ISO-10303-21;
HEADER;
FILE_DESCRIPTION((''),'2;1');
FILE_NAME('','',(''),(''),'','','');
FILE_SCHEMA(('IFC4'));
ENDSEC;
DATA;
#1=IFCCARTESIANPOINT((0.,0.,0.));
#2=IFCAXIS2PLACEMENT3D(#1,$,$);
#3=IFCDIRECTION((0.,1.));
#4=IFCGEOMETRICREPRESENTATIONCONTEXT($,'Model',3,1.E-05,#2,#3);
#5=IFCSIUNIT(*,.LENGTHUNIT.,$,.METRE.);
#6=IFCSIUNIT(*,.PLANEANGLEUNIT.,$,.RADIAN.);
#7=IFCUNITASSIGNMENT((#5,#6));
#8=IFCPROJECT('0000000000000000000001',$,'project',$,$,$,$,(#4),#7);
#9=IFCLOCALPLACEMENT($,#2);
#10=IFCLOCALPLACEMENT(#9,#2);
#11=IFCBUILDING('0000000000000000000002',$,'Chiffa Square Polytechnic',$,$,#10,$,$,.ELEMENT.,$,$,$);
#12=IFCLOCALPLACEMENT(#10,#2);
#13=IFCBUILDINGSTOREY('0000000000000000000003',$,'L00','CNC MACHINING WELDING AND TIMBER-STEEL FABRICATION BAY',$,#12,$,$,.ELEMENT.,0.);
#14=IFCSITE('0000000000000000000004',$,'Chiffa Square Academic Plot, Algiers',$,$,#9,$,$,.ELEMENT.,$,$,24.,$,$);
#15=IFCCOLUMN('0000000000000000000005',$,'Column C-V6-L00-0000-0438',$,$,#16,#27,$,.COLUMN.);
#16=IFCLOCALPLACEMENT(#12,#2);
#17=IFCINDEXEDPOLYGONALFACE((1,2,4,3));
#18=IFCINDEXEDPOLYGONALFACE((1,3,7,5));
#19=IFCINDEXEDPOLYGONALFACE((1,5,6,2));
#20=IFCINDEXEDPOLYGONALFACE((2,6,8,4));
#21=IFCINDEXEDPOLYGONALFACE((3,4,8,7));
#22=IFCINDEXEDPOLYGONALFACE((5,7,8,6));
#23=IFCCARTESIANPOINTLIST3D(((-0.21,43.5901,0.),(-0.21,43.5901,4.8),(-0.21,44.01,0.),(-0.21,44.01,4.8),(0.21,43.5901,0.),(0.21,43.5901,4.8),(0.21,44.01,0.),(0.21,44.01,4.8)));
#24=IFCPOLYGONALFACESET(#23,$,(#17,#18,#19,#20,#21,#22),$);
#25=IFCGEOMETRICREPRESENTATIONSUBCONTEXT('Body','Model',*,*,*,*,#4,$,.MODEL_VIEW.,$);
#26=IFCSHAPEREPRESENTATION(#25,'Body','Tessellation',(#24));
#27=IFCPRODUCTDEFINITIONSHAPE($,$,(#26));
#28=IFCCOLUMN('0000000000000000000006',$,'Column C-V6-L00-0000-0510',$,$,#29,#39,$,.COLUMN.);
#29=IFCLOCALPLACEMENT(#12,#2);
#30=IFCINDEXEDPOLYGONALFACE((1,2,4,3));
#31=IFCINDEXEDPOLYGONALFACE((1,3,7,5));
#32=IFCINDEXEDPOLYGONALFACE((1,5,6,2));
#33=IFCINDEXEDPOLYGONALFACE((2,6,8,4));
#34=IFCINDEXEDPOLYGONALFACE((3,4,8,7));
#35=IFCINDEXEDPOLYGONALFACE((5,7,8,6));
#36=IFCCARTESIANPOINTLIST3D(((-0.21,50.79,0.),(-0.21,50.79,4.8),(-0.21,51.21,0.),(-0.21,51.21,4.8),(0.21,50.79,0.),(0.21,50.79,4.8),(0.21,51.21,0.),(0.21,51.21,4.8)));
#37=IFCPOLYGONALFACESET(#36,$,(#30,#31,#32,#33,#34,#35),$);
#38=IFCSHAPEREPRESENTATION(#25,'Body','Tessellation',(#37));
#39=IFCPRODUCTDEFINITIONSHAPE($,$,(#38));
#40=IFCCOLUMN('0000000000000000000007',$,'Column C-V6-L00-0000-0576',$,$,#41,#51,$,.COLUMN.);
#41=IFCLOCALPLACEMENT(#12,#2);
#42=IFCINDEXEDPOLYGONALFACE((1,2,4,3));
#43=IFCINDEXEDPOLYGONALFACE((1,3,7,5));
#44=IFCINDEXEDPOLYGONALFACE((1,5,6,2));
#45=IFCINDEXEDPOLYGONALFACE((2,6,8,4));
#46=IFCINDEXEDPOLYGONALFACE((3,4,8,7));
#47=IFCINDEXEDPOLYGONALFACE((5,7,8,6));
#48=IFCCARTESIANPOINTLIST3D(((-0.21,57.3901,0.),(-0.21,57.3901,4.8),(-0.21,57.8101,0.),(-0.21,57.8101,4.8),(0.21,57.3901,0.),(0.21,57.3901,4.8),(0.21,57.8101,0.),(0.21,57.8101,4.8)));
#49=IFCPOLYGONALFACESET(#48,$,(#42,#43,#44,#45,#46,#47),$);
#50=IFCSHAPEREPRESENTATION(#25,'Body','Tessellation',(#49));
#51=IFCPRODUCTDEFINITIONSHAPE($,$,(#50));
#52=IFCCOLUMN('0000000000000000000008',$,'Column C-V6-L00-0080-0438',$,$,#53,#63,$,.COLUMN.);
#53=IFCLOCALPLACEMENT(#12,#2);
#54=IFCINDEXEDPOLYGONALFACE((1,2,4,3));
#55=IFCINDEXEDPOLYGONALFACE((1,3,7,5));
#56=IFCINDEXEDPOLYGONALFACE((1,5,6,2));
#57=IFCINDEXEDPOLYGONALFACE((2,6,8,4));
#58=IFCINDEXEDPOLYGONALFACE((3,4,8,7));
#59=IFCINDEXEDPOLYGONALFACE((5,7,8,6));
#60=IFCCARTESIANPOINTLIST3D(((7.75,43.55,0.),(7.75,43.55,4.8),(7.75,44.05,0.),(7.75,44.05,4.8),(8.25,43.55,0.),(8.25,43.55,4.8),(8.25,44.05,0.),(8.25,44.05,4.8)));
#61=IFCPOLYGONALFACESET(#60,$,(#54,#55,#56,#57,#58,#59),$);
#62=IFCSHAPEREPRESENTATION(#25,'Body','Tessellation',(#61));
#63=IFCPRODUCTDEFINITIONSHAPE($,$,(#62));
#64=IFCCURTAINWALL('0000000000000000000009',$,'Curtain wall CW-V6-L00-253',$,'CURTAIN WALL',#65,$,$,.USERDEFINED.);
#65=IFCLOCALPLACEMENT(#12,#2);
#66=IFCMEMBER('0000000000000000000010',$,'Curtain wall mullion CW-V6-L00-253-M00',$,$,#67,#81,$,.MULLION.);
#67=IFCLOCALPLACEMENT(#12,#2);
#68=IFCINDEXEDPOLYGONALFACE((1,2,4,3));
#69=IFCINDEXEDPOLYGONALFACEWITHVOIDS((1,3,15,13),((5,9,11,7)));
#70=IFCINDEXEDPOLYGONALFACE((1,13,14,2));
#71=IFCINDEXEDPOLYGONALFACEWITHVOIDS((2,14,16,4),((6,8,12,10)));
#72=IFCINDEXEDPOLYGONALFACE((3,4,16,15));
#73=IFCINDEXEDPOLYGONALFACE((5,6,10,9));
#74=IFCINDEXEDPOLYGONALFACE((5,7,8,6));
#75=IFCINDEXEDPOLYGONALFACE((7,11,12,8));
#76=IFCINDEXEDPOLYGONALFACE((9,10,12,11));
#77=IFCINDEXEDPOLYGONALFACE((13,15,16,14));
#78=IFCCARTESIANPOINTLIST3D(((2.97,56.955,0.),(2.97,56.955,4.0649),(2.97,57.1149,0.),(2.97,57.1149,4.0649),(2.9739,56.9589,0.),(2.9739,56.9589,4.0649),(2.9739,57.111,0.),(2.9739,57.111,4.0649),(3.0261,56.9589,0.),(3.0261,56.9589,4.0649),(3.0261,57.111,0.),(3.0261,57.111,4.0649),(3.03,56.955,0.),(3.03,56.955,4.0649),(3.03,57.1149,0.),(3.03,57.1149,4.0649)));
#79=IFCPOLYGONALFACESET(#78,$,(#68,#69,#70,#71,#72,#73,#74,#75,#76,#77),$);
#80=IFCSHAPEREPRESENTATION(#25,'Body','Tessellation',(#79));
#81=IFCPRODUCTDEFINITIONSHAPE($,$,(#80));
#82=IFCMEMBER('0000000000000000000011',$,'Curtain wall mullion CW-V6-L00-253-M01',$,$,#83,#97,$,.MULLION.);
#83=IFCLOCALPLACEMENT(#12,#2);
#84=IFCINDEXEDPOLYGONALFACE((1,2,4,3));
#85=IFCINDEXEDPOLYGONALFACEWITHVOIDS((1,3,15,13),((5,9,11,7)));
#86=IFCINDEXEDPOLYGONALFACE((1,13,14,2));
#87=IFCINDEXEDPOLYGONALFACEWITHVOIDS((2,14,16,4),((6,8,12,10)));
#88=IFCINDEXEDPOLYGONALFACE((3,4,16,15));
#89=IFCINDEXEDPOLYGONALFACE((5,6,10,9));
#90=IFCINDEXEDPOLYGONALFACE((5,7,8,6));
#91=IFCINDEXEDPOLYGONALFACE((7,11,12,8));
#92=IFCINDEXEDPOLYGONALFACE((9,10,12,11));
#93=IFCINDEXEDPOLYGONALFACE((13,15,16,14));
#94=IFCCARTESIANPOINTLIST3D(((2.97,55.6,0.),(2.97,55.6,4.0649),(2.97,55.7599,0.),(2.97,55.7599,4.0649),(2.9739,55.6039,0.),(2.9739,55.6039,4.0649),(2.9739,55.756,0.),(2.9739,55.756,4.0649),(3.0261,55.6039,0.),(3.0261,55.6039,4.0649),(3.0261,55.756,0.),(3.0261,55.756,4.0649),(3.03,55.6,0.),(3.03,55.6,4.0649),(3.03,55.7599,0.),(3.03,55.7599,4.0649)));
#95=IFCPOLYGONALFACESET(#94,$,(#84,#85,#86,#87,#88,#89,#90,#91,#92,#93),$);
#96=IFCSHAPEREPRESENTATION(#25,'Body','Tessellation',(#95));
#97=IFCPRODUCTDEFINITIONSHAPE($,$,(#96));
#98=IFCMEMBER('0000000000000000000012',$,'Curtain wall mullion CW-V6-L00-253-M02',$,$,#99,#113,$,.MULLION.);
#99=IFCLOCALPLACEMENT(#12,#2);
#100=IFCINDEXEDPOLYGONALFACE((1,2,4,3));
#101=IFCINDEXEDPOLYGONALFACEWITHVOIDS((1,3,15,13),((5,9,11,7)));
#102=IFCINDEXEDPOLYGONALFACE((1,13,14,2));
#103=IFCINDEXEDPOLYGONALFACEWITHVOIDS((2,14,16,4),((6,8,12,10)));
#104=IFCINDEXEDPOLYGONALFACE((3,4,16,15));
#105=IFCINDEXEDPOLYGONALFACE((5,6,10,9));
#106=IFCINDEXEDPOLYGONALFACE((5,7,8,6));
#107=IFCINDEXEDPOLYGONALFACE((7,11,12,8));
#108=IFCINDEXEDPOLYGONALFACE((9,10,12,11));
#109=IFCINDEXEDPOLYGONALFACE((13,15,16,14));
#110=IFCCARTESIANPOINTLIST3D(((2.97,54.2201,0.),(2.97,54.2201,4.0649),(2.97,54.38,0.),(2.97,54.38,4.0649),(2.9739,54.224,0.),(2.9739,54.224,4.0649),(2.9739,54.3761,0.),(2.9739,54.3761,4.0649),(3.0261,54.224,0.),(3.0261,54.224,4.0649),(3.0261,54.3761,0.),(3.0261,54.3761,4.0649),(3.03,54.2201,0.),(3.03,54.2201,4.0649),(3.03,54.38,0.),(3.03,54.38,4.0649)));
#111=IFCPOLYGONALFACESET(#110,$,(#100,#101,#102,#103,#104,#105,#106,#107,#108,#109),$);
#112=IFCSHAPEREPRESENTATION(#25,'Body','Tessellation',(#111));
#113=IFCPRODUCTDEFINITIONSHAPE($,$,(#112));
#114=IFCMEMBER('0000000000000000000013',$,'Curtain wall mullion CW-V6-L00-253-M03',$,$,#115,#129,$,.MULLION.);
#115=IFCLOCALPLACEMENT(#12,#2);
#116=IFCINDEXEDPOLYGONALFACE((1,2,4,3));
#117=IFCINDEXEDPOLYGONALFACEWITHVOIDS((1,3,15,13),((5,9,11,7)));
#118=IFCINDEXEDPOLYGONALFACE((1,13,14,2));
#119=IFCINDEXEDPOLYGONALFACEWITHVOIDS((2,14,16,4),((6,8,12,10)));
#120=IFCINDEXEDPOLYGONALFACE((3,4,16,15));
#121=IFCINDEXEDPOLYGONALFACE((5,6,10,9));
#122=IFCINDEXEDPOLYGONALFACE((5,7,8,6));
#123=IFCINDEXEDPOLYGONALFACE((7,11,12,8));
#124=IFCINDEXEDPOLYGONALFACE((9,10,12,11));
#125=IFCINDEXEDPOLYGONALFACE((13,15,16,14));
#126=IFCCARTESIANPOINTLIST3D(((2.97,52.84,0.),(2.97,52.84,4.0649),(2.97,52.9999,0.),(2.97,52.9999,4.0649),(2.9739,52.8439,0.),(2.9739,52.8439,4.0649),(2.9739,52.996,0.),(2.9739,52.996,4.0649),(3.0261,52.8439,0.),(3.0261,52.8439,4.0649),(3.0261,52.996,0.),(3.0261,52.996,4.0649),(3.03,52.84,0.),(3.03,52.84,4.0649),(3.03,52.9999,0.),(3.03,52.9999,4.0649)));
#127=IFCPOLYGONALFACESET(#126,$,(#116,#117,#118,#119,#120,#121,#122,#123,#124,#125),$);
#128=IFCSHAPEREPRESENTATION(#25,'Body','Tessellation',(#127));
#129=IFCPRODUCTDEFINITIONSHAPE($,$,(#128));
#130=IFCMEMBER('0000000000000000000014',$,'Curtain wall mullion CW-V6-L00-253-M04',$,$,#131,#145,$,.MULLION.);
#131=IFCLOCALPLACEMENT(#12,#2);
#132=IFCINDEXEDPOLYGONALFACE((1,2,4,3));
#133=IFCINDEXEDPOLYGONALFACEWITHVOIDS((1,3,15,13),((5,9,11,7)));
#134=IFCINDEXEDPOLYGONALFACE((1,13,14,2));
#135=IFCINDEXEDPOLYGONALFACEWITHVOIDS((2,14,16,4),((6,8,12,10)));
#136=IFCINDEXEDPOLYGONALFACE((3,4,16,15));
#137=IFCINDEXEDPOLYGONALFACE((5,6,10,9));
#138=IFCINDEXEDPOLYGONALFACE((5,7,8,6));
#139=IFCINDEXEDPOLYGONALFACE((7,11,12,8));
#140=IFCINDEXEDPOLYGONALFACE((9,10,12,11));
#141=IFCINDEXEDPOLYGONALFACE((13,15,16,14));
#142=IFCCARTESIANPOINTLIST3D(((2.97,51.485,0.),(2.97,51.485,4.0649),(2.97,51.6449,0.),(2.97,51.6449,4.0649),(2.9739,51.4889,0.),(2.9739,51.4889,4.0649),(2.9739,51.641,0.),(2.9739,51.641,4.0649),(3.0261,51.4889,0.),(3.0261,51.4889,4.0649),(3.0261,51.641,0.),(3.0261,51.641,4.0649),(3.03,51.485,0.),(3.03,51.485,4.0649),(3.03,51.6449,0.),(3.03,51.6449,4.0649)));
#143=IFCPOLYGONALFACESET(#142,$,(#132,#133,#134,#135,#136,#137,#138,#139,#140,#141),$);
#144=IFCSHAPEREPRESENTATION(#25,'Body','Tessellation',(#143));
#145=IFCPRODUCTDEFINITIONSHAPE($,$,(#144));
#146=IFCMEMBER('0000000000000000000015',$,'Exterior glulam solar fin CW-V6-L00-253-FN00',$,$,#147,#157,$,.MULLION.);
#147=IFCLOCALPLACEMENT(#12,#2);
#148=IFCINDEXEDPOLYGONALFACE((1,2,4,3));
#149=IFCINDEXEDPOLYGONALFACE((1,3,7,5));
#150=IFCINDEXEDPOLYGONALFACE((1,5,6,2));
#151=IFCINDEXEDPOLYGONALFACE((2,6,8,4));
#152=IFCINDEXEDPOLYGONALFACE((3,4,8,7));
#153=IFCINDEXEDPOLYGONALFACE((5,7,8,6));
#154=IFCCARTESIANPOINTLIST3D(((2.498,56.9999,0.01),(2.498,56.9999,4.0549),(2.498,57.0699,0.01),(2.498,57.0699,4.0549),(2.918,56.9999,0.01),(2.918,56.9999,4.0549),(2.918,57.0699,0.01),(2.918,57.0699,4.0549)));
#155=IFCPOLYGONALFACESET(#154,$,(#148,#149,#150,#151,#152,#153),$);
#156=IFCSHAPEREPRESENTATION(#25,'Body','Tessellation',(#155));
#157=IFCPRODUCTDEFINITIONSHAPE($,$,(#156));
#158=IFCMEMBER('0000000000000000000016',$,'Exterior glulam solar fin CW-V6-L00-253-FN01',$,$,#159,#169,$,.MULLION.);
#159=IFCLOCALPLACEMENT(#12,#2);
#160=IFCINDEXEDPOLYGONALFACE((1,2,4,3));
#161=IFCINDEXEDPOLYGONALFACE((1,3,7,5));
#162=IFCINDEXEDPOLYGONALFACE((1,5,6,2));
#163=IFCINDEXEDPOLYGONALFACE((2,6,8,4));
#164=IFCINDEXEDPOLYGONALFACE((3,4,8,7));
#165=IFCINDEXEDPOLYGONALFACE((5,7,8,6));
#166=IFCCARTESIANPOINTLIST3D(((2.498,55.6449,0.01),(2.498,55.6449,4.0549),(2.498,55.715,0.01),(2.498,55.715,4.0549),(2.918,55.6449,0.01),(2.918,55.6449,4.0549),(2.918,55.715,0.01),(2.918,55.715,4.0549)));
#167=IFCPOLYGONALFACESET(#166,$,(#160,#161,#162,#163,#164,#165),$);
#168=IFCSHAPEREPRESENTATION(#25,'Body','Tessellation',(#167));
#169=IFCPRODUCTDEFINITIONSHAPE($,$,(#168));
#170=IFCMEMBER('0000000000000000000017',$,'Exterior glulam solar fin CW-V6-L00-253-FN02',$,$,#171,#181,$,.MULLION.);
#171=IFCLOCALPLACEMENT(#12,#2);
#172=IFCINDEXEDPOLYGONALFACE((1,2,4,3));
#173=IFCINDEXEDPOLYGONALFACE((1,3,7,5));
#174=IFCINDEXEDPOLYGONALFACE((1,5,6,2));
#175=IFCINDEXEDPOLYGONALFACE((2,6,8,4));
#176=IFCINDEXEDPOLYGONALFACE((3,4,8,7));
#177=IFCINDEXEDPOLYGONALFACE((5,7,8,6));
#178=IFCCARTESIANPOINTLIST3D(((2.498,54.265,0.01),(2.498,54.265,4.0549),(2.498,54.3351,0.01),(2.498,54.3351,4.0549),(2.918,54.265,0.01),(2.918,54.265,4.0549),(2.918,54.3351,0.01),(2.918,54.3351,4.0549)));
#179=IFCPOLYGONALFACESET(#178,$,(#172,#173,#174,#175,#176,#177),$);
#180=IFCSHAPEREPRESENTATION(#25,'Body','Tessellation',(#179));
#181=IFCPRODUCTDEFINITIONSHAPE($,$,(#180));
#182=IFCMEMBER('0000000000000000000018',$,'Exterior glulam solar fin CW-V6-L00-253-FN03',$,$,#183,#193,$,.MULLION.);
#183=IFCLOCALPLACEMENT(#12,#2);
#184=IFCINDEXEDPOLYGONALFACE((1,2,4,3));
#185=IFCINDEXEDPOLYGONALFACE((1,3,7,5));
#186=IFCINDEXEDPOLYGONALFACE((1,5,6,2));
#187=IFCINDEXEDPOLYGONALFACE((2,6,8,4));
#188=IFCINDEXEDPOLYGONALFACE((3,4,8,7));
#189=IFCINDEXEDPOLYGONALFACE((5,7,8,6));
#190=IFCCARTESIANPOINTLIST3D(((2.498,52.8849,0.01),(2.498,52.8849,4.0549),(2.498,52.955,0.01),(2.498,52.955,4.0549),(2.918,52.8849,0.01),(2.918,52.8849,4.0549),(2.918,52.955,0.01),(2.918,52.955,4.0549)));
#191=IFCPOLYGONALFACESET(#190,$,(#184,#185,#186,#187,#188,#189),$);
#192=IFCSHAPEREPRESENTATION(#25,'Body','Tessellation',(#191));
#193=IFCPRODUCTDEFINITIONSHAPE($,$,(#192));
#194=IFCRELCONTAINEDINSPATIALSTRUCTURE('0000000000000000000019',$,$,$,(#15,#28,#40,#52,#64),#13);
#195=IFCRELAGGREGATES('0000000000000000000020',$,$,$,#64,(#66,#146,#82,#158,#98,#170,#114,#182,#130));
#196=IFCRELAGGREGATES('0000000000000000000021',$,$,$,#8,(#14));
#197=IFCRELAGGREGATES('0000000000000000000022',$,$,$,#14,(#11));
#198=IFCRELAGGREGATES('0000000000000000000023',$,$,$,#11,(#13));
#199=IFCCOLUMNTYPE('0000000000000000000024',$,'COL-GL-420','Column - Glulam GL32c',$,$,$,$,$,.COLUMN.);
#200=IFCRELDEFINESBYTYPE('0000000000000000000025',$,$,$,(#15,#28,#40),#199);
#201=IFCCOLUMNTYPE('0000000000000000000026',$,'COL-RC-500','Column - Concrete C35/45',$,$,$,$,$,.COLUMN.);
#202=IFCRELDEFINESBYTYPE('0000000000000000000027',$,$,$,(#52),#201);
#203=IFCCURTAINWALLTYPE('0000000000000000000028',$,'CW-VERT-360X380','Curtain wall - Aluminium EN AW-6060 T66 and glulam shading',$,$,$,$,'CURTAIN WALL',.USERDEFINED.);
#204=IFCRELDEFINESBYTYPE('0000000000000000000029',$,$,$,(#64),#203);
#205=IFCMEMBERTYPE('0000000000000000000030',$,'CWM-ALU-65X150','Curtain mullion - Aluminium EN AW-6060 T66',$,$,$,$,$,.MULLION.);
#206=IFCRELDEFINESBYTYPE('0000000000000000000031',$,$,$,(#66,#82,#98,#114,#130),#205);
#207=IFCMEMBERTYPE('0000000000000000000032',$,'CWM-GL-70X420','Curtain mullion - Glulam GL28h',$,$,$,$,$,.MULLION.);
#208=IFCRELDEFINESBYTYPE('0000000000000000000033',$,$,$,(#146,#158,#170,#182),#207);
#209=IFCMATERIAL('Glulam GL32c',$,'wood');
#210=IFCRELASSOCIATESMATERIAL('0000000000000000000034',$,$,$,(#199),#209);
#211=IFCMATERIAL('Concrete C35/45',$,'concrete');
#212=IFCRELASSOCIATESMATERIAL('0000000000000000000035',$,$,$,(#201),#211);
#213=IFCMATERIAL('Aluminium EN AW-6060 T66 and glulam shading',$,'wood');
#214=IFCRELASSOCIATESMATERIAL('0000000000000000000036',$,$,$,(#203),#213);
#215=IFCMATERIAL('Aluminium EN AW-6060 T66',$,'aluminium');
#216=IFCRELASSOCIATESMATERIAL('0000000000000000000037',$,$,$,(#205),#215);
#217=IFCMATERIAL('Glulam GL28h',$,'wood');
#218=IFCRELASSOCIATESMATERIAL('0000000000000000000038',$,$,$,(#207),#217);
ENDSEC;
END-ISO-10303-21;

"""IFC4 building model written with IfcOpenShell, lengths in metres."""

from ifc_helpers import new_model, si_unit, direction, frame, origin, origin_2d, place, context, subcontext, project, spatial, rectangle, hollow_rectangle, extrude, material, material_profile, profile_set, type_object, element, aggregate, save


model = new_model("IFC4")

# Units and contexts
model_context = context("Model", 3, precision=1e-05, world=origin(), true_north=direction((0.0, 1.0)))
body_context = subcontext(model_context, "Body", "Model", "MODEL_VIEW")
ifc_project = project(units=[si_unit("LENGTHUNIT", "METRE"), si_unit("PLANEANGLEUNIT", "RADIAN")], contexts=[model_context])

# Site, building, storey
site_placement = place(None, origin())
site = spatial("IfcSite", under=ifc_project, at=site_placement, Name="Chiffa Square Academic Plot, Algiers", CompositionType="ELEMENT", RefElevation=24.0)
building_placement = place(site_placement, origin())
building = spatial("IfcBuilding", under=site, at=building_placement, Name="Chiffa Square Polytechnic", CompositionType="ELEMENT")
storey_placement = place(building_placement, origin())
storey = spatial("IfcBuildingStorey", under=building, at=storey_placement, Name="L00", Description="CNC MACHINING WELDING AND TIMBER-STEEL FABRICATION BAY", CompositionType="ELEMENT", Elevation=0.0)

# Columns
ifc_material_1 = material(Name="Glulam GL32c", Category="wood")
ifc_material_profile_1 = material_profile(ifc_material_1, rectangle(XDim=0.4199, YDim=0.4199, at=origin_2d()), Name="GL32c 420x420")
ifc_profile_set_1 = profile_set([ifc_material_profile_1], Name="Glulam GL32c")
column_type_1 = type_object("IfcColumnType", Name="COL-GL-420", Description="Column - Glulam GL32c", PredefinedType="COLUMN", material=ifc_profile_set_1)
for number, where, z_axis, x_axis, name in (
    (1, (0.0, 43.8, 0.0), (0.0, 0.0, 1.0), (1.0, 0.0, 0.0), "Column C-V6-L00-0000-0438"),
    (2, (0.0, 51.0, 0.0), (0.0, 0.0, 1.0), (1.0, 0.0, 0.0), "Column C-V6-L00-0000-0510"),
    (3, (0.0, 57.6001, 0.0), (0.0, 0.0, 1.0), (1.0, 0.0, 0.0), "Column C-V6-L00-0000-0576"),
):
    element("IfcColumn", number, at=place(storey_placement, frame(where, z_axis=z_axis, x_axis=x_axis)), inside=storey, type_object=column_type_1, Name=name, PredefinedType="COLUMN", context=body_context, shape_type="SweptSolid", body=[
        extrude(rectangle(XDim=0.4199, YDim=0.4199, at=origin_2d()), origin(), (0.0, 0.0, 1.0), 4.8),
    ])
ifc_material_2 = material(Name="Concrete C35/45", Category="concrete")
ifc_material_profile_2 = material_profile(ifc_material_2, rectangle(XDim=0.5, YDim=0.5, at=origin_2d()), Name="RC 500x500")
ifc_profile_set_2 = profile_set([ifc_material_profile_2], Name="Concrete C35/45")
column_type_2 = type_object("IfcColumnType", Name="COL-RC-500", Description="Column - Concrete C35/45", PredefinedType="COLUMN", material=ifc_profile_set_2)
column_placement = place(storey_placement, frame((8.0, 43.8, 0.0), z_axis=(0.0, 0.0, 1.0), x_axis=(1.0, 0.0, 0.0)))
element("IfcColumn", 4, at=column_placement, inside=storey, type_object=column_type_2, Name="Column C-V6-L00-0080-0438", PredefinedType="COLUMN", context=body_context, shape_type="SweptSolid", body=[
    extrude(rectangle(XDim=0.5, YDim=0.5, at=origin_2d()), origin(), (0.0, 0.0, 1.0), 4.8),
])

# Curtain wall, members
ifc_material_3 = material(Name="Aluminium EN AW-6060 T66 and glulam shading", Category="wood")
curtain_wall_type_1 = type_object("IfcCurtainWallType", Name="CW-VERT-360X380", Description="Curtain wall - Aluminium EN AW-6060 T66 and glulam shading", ElementType="CURTAIN WALL", PredefinedType="USERDEFINED", material=ifc_material_3)
curtain_wall_1_placement = place(storey_placement, origin())
curtain_wall_1 = element("IfcCurtainWall", 5, at=curtain_wall_1_placement, inside=storey, type_object=curtain_wall_type_1, Name="Curtain wall CW-V6-L00-253", ObjectType="CURTAIN WALL", PredefinedType="USERDEFINED")
ifc_material_4 = material(Name="Aluminium EN AW-6060 T66", Category="aluminium")
ifc_material_profile_3 = material_profile(ifc_material_4, hollow_rectangle(XDim=0.0601, YDim=0.1599, WallThickness=0.0039, at=origin_2d()), Name="ALU 60x160x4")
ifc_profile_set_3 = profile_set([ifc_material_profile_3], Name="Aluminium EN AW-6060 T66")
member_type_1 = type_object("IfcMemberType", Name="CWM-ALU-65X150", Description="Curtain mullion - Aluminium EN AW-6060 T66", PredefinedType="MULLION", material=ifc_profile_set_3)
member_1_placement = place(storey_placement, frame((3.0, 57.0349, 0.0), z_axis=(0.0, 0.0, 1.0), x_axis=(1.0, 0.0, 0.0)))
member_1 = element("IfcMember", 6, at=member_1_placement, type_object=member_type_1, Name="Curtain wall mullion CW-V6-L00-253-M00", PredefinedType="MULLION", context=body_context, shape_type="SweptSolid", body=[
    extrude(hollow_rectangle(XDim=0.0601, YDim=0.1599, WallThickness=0.0039, at=origin_2d()), origin(), (0.0, 0.0, 1.0), 4.0649),
])
member_2_placement = place(storey_placement, frame((3.0, 55.6799, 0.0), z_axis=(0.0, 0.0, 1.0), x_axis=(1.0, 0.0, 0.0)))
member_2 = element("IfcMember", 7, at=member_2_placement, type_object=member_type_1, Name="Curtain wall mullion CW-V6-L00-253-M01", PredefinedType="MULLION", context=body_context, shape_type="SweptSolid", body=[
    extrude(hollow_rectangle(XDim=0.0601, YDim=0.1599, WallThickness=0.0039, at=origin_2d()), origin(), (0.0, 0.0, 1.0), 4.0649),
])
member_3_placement = place(storey_placement, frame((3.0, 54.3, 0.0), z_axis=(0.0, 0.0, 1.0), x_axis=(1.0, 0.0, 0.0)))
member_3 = element("IfcMember", 8, at=member_3_placement, type_object=member_type_1, Name="Curtain wall mullion CW-V6-L00-253-M02", PredefinedType="MULLION", context=body_context, shape_type="SweptSolid", body=[
    extrude(hollow_rectangle(XDim=0.0601, YDim=0.1599, WallThickness=0.0039, at=origin_2d()), origin(), (0.0, 0.0, 1.0), 4.0649),
])
member_4_placement = place(storey_placement, frame((3.0, 52.9199, 0.0), z_axis=(0.0, 0.0, 1.0), x_axis=(1.0, 0.0, 0.0)))
member_4 = element("IfcMember", 9, at=member_4_placement, type_object=member_type_1, Name="Curtain wall mullion CW-V6-L00-253-M03", PredefinedType="MULLION", context=body_context, shape_type="SweptSolid", body=[
    extrude(hollow_rectangle(XDim=0.0601, YDim=0.1599, WallThickness=0.0039, at=origin_2d()), origin(), (0.0, 0.0, 1.0), 4.0649),
])
member_5_placement = place(storey_placement, frame((3.0, 51.5649, 0.0), z_axis=(0.0, 0.0, 1.0), x_axis=(1.0, 0.0, 0.0)))
member_5 = element("IfcMember", 10, at=member_5_placement, type_object=member_type_1, Name="Curtain wall mullion CW-V6-L00-253-M04", PredefinedType="MULLION", context=body_context, shape_type="SweptSolid", body=[
    extrude(hollow_rectangle(XDim=0.0601, YDim=0.1599, WallThickness=0.0039, at=origin_2d()), origin(), (0.0, 0.0, 1.0), 4.0649),
])
ifc_material_5 = material(Name="Glulam GL28h", Category="wood")
ifc_material_profile_4 = material_profile(ifc_material_5, rectangle(XDim=0.0701, YDim=0.4199, at=origin_2d()), Name="GL28h 70x420")
ifc_profile_set_4 = profile_set([ifc_material_profile_4], Name="Glulam GL28h")
member_type_2 = type_object("IfcMemberType", Name="CWM-GL-70X420", Description="Curtain mullion - Glulam GL28h", PredefinedType="MULLION", material=ifc_profile_set_4)
member_6_placement = place(storey_placement, frame((2.708, 57.0349, 0.01), z_axis=(0.0, 0.0, 1.0), x_axis=(0.0, -1.0, 0.0)))
member_6 = element("IfcMember", 11, at=member_6_placement, type_object=member_type_2, Name="Exterior glulam solar fin CW-V6-L00-253-FN00", PredefinedType="MULLION", context=body_context, shape_type="SweptSolid", body=[
    extrude(rectangle(XDim=0.0701, YDim=0.4199, at=origin_2d()), origin(), (0.0, 0.0, 1.0), 4.0449),
])
member_7_placement = place(storey_placement, frame((2.708, 55.6799, 0.01), z_axis=(0.0, 0.0, 1.0), x_axis=(0.0, -1.0, 0.0)))
member_7 = element("IfcMember", 12, at=member_7_placement, type_object=member_type_2, Name="Exterior glulam solar fin CW-V6-L00-253-FN01", PredefinedType="MULLION", context=body_context, shape_type="SweptSolid", body=[
    extrude(rectangle(XDim=0.0701, YDim=0.4199, at=origin_2d()), origin(), (0.0, 0.0, 1.0), 4.0449),
])
member_8_placement = place(storey_placement, frame((2.708, 54.3, 0.01), z_axis=(0.0, 0.0, 1.0), x_axis=(0.0, -1.0, 0.0)))
member_8 = element("IfcMember", 13, at=member_8_placement, type_object=member_type_2, Name="Exterior glulam solar fin CW-V6-L00-253-FN02", PredefinedType="MULLION", context=body_context, shape_type="SweptSolid", body=[
    extrude(rectangle(XDim=0.0701, YDim=0.4199, at=origin_2d()), origin(), (0.0, 0.0, 1.0), 4.0449),
])
member_9_placement = place(storey_placement, frame((2.708, 52.9199, 0.01), z_axis=(0.0, 0.0, 1.0), x_axis=(0.0, -1.0, 0.0)))
member_9 = element("IfcMember", 14, at=member_9_placement, type_object=member_type_2, Name="Exterior glulam solar fin CW-V6-L00-253-FN03", PredefinedType="MULLION", context=body_context, shape_type="SweptSolid", body=[
    extrude(rectangle(XDim=0.0701, YDim=0.4199, at=origin_2d()), origin(), (0.0, 0.0, 1.0), 4.0449),
])

aggregate(curtain_wall_1, [member_1, member_6, member_2, member_7, member_3, member_8, member_4, member_9, member_5])

save(model, "model.ifc")
